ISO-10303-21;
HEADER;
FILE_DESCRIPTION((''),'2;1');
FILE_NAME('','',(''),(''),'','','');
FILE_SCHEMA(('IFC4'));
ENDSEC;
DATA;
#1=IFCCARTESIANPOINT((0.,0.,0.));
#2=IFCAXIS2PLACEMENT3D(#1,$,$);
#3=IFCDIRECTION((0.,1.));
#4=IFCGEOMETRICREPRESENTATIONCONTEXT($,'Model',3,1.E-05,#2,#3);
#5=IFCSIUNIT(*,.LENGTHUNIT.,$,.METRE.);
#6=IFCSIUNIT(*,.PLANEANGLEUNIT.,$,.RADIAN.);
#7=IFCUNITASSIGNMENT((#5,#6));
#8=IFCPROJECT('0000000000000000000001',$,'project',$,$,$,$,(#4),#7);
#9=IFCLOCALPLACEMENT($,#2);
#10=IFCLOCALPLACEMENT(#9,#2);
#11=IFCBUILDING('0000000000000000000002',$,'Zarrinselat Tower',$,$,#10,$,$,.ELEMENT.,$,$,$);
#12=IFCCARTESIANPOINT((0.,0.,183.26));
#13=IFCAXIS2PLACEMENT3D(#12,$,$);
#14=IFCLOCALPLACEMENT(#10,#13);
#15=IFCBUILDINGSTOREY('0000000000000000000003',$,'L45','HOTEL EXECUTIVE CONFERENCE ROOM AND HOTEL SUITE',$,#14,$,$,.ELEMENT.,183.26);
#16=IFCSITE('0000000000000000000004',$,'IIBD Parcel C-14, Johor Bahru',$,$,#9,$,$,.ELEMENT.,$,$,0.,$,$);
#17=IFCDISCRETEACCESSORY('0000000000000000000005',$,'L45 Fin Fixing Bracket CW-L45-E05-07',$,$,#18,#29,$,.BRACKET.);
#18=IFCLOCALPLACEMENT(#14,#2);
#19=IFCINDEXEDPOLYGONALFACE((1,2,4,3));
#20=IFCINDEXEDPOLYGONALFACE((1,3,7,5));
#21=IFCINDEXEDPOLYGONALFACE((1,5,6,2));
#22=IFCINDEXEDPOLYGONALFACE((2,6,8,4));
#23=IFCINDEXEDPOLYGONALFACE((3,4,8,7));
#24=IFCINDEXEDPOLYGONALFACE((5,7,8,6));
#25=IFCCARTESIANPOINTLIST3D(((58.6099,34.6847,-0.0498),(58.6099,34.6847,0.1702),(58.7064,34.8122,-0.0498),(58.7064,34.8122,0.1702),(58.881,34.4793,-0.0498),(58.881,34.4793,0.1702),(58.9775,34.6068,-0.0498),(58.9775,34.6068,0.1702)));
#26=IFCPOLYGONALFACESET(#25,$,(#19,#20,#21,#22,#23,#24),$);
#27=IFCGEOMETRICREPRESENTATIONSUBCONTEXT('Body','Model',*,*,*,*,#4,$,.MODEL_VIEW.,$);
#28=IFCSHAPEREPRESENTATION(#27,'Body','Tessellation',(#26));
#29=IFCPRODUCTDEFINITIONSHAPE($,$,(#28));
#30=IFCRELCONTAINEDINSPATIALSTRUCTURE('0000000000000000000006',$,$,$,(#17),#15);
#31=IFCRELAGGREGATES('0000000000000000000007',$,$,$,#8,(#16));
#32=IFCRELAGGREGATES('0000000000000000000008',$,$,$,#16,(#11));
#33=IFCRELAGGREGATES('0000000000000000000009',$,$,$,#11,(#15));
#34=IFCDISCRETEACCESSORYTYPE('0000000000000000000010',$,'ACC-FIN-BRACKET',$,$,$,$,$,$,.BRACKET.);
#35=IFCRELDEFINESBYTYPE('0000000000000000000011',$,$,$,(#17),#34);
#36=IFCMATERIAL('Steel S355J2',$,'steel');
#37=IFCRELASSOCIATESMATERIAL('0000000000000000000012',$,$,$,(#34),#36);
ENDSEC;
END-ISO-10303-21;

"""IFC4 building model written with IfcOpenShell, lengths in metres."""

from ifc_helpers import new_model, si_unit, direction, frame, origin, origin_2d, place, context, subcontext, project, spatial, rectangle, extrude, material, type_object, element, save


model = new_model("IFC4")

# Units and contexts
model_context = context("Model", 3, precision=1e-05, world=origin(), true_north=direction((0.0, 1.0)))
body_context = subcontext(model_context, "Body", "Model", "MODEL_VIEW")
ifc_project = project(units=[si_unit("LENGTHUNIT", "METRE"), si_unit("PLANEANGLEUNIT", "RADIAN")], contexts=[model_context])

# Site, building, storey
site_placement = place(None, origin())
site = spatial("IfcSite", under=ifc_project, at=site_placement, Name="IIBD Parcel C-14, Johor Bahru", CompositionType="ELEMENT", RefElevation=0.0)
building_placement = place(site_placement, origin())
building = spatial("IfcBuilding", under=site, at=building_placement, Name="Zarrinselat Tower", CompositionType="ELEMENT")
storey_placement = place(building_placement, frame((0.0, 0.0, 183.26)))
storey = spatial("IfcBuildingStorey", under=building, at=storey_placement, Name="L45", Description="HOTEL EXECUTIVE CONFERENCE ROOM AND HOTEL SUITE", CompositionType="ELEMENT", Elevation=183.26)

# Discrete accessory
ifc_material_1 = material(Name="Steel S355J2", Category="steel")
discrete_accessory_type = type_object("IfcDiscreteAccessoryType", Name="ACC-FIN-BRACKET", PredefinedType="BRACKET", material=ifc_material_1)
discrete_accessory_placement = place(storey_placement, frame((58.7937, 34.6458, -0.0498), z_axis=(0.0, 0.0, 1.0), x_axis=(0.797091, -0.603859, 0.0)))
element("IfcDiscreteAccessory", 1, at=discrete_accessory_placement, inside=storey, type_object=discrete_accessory_type, Name="L45 Fin Fixing Bracket CW-L45-E05-07", PredefinedType="BRACKET", context=body_context, shape_type="SweptSolid", body=[
    extrude(rectangle(XDim=0.3401, YDim=0.1599, at=origin_2d()), origin(), (0.0, 0.0, 1.0), 0.22),
])

save(model, "model.ifc")
